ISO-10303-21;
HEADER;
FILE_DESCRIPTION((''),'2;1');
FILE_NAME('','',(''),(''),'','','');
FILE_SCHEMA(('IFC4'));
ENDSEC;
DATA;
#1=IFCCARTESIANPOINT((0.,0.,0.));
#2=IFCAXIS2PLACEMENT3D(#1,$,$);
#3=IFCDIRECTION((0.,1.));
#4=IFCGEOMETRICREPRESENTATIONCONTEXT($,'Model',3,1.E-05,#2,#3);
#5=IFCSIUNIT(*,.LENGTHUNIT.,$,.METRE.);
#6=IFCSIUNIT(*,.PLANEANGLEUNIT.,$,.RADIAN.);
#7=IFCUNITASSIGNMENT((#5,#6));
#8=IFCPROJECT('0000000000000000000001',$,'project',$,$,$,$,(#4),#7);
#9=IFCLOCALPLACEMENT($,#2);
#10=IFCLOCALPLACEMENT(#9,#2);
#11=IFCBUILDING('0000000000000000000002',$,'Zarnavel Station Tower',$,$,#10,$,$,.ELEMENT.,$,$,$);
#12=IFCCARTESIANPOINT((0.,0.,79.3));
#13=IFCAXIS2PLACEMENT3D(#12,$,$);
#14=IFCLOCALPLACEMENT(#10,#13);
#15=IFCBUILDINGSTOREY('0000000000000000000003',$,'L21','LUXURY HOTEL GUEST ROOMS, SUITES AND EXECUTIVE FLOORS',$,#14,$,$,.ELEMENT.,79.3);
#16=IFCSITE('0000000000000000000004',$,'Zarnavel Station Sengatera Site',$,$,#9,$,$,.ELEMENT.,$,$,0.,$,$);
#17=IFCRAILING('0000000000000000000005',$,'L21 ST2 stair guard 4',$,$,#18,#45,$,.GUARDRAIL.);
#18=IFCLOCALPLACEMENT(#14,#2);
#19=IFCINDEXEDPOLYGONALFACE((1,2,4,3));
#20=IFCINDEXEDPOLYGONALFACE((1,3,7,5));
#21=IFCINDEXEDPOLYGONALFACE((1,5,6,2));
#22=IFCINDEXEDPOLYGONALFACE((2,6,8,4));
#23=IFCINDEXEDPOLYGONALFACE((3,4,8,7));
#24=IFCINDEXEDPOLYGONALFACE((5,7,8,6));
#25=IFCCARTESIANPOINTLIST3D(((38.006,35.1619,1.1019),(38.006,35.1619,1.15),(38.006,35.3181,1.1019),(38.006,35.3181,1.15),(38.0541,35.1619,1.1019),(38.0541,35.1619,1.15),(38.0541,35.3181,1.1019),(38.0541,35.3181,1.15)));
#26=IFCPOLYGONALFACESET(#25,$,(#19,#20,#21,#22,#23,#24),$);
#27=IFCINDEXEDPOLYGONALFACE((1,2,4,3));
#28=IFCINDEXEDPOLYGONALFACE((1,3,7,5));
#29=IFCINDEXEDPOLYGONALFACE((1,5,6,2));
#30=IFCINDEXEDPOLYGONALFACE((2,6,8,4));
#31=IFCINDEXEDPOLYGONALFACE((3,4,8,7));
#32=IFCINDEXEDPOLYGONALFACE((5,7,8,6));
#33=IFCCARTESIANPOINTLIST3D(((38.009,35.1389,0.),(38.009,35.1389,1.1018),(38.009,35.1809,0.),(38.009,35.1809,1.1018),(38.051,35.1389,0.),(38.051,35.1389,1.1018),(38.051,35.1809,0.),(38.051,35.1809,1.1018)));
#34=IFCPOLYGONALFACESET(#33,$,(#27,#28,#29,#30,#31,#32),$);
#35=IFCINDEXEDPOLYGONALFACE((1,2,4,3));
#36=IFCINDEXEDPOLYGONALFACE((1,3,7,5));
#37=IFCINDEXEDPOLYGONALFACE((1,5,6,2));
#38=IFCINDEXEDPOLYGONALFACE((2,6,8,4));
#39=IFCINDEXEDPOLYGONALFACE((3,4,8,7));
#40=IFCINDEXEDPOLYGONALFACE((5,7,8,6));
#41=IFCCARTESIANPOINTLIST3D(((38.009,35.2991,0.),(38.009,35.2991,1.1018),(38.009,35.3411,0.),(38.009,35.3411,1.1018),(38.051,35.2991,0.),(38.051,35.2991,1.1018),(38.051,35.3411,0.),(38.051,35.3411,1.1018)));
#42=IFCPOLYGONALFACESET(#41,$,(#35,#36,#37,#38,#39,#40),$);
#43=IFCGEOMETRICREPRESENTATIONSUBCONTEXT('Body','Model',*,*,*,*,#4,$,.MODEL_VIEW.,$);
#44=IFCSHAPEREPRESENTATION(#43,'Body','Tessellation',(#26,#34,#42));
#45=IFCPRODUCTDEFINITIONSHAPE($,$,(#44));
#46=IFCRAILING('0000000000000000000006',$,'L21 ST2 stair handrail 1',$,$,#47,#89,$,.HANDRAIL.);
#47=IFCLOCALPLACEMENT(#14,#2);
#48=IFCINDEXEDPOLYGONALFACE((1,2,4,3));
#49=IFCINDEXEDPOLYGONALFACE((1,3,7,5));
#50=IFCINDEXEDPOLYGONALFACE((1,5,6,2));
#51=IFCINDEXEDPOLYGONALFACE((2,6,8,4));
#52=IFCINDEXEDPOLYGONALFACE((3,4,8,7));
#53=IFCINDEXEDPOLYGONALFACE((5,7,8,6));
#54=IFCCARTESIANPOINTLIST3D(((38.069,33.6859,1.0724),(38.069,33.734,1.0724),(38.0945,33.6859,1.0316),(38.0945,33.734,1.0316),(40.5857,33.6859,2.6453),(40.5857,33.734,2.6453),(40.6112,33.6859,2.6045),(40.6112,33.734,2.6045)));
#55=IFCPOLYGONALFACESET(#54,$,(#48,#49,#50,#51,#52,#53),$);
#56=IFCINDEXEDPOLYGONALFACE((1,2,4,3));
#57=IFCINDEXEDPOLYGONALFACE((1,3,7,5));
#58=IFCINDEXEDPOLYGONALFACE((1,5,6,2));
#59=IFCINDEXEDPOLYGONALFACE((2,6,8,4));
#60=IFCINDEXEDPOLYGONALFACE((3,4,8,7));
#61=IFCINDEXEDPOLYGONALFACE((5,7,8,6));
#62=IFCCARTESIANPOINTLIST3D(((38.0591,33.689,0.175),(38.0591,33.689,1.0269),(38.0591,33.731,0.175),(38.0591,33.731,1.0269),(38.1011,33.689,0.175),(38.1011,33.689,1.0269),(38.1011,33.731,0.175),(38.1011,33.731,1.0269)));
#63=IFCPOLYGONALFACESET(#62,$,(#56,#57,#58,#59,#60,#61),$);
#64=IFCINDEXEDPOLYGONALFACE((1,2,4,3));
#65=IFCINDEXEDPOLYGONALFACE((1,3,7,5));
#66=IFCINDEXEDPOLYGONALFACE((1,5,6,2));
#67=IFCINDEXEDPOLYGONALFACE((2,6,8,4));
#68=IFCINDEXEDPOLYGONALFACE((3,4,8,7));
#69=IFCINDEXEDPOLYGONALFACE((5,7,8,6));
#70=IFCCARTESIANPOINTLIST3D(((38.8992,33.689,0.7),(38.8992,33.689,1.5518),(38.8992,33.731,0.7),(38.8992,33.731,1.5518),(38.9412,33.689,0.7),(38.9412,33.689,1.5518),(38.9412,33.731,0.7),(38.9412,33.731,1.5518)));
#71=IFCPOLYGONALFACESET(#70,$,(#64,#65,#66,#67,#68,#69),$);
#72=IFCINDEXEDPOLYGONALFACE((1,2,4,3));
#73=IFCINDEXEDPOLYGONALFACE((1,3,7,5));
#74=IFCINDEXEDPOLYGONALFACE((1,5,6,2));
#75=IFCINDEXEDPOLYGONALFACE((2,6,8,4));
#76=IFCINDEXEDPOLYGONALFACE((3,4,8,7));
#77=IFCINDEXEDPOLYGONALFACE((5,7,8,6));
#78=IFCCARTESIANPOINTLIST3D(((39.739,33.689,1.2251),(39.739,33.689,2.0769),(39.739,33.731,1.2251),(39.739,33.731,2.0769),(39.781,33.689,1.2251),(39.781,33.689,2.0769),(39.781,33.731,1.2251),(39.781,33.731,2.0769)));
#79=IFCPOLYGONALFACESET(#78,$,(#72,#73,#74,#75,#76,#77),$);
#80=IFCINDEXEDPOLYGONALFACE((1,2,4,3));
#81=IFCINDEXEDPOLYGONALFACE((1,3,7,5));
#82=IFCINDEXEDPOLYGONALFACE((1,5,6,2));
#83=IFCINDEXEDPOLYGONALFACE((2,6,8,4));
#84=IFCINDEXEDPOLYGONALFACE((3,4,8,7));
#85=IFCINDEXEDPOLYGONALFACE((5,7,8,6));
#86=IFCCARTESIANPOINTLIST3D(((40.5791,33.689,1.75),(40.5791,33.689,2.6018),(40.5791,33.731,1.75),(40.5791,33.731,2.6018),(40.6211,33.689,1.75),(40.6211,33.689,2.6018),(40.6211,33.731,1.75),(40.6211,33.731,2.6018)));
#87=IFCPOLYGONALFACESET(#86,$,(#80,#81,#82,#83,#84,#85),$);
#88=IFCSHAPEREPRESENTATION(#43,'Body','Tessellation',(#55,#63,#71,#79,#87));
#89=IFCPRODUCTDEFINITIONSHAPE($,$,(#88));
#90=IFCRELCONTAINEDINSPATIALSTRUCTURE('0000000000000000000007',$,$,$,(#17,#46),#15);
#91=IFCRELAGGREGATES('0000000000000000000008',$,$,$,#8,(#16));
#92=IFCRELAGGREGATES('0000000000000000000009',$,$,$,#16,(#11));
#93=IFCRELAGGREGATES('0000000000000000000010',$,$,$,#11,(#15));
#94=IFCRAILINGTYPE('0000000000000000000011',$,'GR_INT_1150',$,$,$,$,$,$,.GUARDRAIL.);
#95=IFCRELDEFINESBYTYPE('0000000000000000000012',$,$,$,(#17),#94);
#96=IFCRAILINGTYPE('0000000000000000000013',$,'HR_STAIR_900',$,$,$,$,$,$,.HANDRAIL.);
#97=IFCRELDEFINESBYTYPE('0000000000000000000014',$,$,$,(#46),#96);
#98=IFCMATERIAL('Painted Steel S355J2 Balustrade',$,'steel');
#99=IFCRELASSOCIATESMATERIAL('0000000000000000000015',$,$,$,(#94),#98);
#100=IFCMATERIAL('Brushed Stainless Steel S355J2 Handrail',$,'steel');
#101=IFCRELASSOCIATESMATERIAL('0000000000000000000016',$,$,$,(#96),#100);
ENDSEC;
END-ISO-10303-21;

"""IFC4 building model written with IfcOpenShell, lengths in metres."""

from ifc_helpers import new_model, si_unit, direction, frame, origin, origin_2d, place, context, subcontext, project, spatial, rectangle, extrude, material, type_object, element, save


model = new_model("IFC4")

# Units and contexts
model_context = context("Model", 3, precision=1e-05, world=origin(), true_north=direction((0.0, 1.0)))
body_context = subcontext(model_context, "Body", "Model", "MODEL_VIEW")
ifc_project = project(units=[si_unit("LENGTHUNIT", "METRE"), si_unit("PLANEANGLEUNIT", "RADIAN")], contexts=[model_context])

# Site, building, storey
site_placement = place(None, origin())
site = spatial("IfcSite", under=ifc_project, at=site_placement, Name="Zarnavel Station Sengatera Site", CompositionType="ELEMENT", RefElevation=0.0)
building_placement = place(site_placement, origin())
building = spatial("IfcBuilding", under=site, at=building_placement, Name="Zarnavel Station Tower", CompositionType="ELEMENT")
storey_placement = place(building_placement, frame((0.0, 0.0, 79.3)))
storey = spatial("IfcBuildingStorey", under=building, at=storey_placement, Name="L21", Description="LUXURY HOTEL GUEST ROOMS, SUITES AND EXECUTIVE FLOORS", CompositionType="ELEMENT", Elevation=79.3)

# Railings
ifc_material_1 = material(Name="Painted Steel S355J2 Balustrade", Category="steel")
railing_type_1 = type_object("IfcRailingType", Name="GR_INT_1150", PredefinedType="GUARDRAIL", material=ifc_material_1)
railing_1_placement = place(storey_placement, frame((38.03, 35.1599, 0.0)))
element("IfcRailing", 1, at=railing_1_placement, inside=storey, type_object=railing_type_1, Name="L21 ST2 stair guard 4", PredefinedType="GUARDRAIL", context=body_context, shape_type="SweptSolid", body=[
    extrude(rectangle(XDim=0.0481, YDim=0.0481, at=origin_2d()), frame((0.0, 0.002, 1.126), z_axis=(0.0, 1.0, 0.0), x_axis=(-1.0, 0.0, 0.0)), (0.0, 0.0, 1.0), 0.1562),
    extrude(rectangle(XDim=0.042, YDim=0.042, at=origin_2d()), origin(), (0.0, 0.0, 1.0), 1.1018),
    extrude(rectangle(XDim=0.042, YDim=0.042, at=origin_2d()), frame((0.0, 0.1602, 0.0)), (0.0, 0.0, 1.0), 1.1018),
])
ifc_material_2 = material(Name="Brushed Stainless Steel S355J2 Handrail", Category="steel")
railing_type_2 = type_object("IfcRailingType", Name="HR_STAIR_900", PredefinedType="HANDRAIL", material=ifc_material_2)
railing_2_placement = place(storey_placement, frame((38.0801, 33.71, 0.175)))
element("IfcRailing", 2, at=railing_2_placement, inside=storey, type_object=railing_type_2, Name="L21 ST2 stair handrail 1", PredefinedType="HANDRAIL", context=body_context, shape_type="SweptSolid", body=[
    extrude(rectangle(XDim=0.0481, YDim=0.0481, at=origin_2d()), frame((0.0017, 0.0, 0.877), z_axis=(0.848008, 0.0, 0.529984), x_axis=(0.0, 1.0, 0.0)), (0.0, 0.0, 1.0), 2.9678),
    extrude(rectangle(XDim=0.042, YDim=0.042, at=origin_2d()), origin(), (0.0, 0.0, 1.0), 0.8518),
    extrude(rectangle(XDim=0.042, YDim=0.042, at=origin_2d()), frame((0.8401, 0.0, 0.5249)), (0.0, 0.0, 1.0), 0.8518),
    extrude(rectangle(XDim=0.042, YDim=0.042, at=origin_2d()), frame((1.6799, 0.0, 1.05)), (0.0, 0.0, 1.0), 0.8518),
    extrude(rectangle(XDim=0.042, YDim=0.042, at=origin_2d()), frame((2.52, 0.0, 1.575)), (0.0, 0.0, 1.0), 0.8518),
])

save(model, "model.ifc")
